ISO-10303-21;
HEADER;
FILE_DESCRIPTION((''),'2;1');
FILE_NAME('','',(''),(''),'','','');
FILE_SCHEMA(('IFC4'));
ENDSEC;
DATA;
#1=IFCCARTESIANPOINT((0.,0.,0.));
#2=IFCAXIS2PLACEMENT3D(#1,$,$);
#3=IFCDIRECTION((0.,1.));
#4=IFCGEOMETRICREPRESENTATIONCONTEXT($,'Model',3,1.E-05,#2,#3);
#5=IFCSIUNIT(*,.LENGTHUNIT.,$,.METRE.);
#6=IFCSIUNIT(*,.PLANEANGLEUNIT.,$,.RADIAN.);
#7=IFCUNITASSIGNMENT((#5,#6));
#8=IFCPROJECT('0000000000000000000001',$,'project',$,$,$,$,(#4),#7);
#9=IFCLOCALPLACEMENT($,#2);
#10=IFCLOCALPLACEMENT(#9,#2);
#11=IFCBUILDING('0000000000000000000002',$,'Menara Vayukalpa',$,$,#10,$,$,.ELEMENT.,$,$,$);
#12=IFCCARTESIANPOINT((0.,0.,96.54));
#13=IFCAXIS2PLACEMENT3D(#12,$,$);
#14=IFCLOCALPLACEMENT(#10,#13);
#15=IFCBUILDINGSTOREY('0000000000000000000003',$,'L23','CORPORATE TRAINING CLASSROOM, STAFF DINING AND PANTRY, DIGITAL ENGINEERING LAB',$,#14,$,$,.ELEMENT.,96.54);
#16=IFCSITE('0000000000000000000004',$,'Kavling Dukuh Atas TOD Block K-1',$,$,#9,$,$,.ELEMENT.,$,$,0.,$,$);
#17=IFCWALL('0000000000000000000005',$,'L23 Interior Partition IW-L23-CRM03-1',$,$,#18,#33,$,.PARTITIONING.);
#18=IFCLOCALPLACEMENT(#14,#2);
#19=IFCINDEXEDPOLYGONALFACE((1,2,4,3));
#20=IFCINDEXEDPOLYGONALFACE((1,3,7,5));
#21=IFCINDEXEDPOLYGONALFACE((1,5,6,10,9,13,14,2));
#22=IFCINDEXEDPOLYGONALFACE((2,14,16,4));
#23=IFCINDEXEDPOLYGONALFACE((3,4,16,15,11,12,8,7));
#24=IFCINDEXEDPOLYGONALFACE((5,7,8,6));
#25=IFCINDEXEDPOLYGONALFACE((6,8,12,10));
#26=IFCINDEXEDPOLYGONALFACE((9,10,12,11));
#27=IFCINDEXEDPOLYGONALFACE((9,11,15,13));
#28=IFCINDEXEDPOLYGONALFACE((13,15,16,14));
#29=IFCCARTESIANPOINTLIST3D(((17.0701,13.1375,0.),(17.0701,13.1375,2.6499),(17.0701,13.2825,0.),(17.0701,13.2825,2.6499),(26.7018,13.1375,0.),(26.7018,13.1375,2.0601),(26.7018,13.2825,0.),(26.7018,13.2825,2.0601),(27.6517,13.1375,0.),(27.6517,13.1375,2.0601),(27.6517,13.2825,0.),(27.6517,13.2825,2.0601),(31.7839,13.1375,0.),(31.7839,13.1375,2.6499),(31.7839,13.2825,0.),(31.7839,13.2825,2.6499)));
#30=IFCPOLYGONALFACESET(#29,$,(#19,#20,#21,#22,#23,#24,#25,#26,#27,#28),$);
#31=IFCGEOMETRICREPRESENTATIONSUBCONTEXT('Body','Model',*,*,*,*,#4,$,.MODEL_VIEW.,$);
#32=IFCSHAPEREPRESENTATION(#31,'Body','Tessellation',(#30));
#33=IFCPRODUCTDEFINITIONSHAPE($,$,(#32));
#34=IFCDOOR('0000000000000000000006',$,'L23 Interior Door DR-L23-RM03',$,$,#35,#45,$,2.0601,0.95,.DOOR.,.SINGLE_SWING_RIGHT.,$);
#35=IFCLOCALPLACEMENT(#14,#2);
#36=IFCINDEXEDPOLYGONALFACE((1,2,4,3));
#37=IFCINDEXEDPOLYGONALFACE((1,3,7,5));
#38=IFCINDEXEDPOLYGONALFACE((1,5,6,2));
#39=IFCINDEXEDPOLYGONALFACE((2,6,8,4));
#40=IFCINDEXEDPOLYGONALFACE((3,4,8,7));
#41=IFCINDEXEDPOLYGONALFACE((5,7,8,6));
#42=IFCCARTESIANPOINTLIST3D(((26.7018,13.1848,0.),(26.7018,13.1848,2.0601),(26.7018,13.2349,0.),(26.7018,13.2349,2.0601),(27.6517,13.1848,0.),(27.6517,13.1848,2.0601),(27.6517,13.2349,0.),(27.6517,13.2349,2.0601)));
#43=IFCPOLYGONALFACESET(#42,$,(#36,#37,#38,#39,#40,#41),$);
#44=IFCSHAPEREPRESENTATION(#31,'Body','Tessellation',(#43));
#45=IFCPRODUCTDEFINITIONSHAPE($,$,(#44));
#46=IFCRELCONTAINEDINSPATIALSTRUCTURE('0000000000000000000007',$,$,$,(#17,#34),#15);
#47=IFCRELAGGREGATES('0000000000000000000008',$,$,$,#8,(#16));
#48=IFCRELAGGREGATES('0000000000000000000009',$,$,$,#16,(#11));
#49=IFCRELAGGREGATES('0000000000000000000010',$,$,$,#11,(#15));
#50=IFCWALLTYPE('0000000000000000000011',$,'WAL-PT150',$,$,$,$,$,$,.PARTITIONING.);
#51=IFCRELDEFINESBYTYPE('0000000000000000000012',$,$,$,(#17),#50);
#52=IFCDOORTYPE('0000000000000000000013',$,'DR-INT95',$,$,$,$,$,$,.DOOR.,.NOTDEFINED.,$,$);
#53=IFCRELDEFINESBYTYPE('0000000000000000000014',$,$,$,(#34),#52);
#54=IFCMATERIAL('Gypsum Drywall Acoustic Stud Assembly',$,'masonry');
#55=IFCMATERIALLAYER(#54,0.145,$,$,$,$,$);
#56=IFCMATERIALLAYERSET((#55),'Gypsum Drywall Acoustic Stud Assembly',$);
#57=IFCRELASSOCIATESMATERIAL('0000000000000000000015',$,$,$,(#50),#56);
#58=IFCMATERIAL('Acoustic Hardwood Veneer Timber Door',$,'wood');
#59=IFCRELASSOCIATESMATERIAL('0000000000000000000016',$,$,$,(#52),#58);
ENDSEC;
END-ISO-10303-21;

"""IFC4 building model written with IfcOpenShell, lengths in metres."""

from ifc_helpers import new_model, si_unit, direction, frame, frame_2d, origin, place, context, subcontext, project, spatial, rectangle, extrude, material, layer, layer_set, type_object, element, fill, save


model = new_model("IFC4")

# Units and contexts
model_context = context("Model", 3, precision=1e-05, world=origin(), true_north=direction((0.0, 1.0)))
body_context = subcontext(model_context, "Body", "Model", "MODEL_VIEW")
ifc_project = project(units=[si_unit("LENGTHUNIT", "METRE"), si_unit("PLANEANGLEUNIT", "RADIAN")], contexts=[model_context])

# Site, building, storey
site_placement = place(None, origin())
site = spatial("IfcSite", under=ifc_project, at=site_placement, Name="Kavling Dukuh Atas TOD Block K-1", CompositionType="ELEMENT", RefElevation=0.0)
building_placement = place(site_placement, origin())
building = spatial("IfcBuilding", under=site, at=building_placement, Name="Menara Vayukalpa", CompositionType="ELEMENT")
storey_placement = place(building_placement, frame((0.0, 0.0, 96.54)))
storey = spatial("IfcBuildingStorey", under=building, at=storey_placement, Name="L23", Description="CORPORATE TRAINING CLASSROOM, STAFF DINING AND PANTRY, DIGITAL ENGINEERING LAB", CompositionType="ELEMENT", Elevation=96.54)

# Shared definitions
ifc_material_1 = material(Name="Gypsum Drywall Acoustic Stud Assembly", Category="masonry")
ifc_layer_1 = layer(ifc_material_1, 0.145)
ifc_layer_set_1 = layer_set([ifc_layer_1], Name="Gypsum Drywall Acoustic Stud Assembly")
wall_type_1 = type_object("IfcWallType", Name="WAL-PT150", PredefinedType="PARTITIONING", material=ifc_layer_set_1)
ifc_material_2 = material(Name="Acoustic Hardwood Veneer Timber Door", Category="wood")
door_type_1 = type_object("IfcDoorType", Name="DR-INT95", OperationType="NOTDEFINED", PredefinedType="DOOR", material=ifc_material_2)

# Wall, opening, door
wall_1_placement = place(storey_placement, frame((17.0701, 13.21, 0.0), z_axis=(0.0, 0.0, 1.0), x_axis=(1.0, 0.0, 0.0)))
wall_1 = element("IfcWall", 1, at=wall_1_placement, inside=storey, type_object=wall_type_1, Name="L23 Interior Partition IW-L23-CRM03-1", PredefinedType="PARTITIONING", context=body_context, shape_type="SweptSolid", body=[
    extrude(rectangle(XDim=14.7139, YDim=0.145, at=frame_2d((7.3569, 0.0))), origin(), (0.0, 0.0, 1.0), 2.6499),
])
opening_1_placement = place(wall_1_placement, frame((9.6316, 0.0, 0.0)))
opening_1 = element("IfcOpeningElement", 2, at=opening_1_placement, cuts=wall_1, PredefinedType="OPENING", context=body_context, shape_type="SweptSolid", body=[
    extrude(rectangle(XDim=0.95, YDim=2.0601, at=frame_2d((0.4751, 1.03))), frame((0.0, 0.0825, 0.0), z_axis=(0.0, -1.0, 0.0), x_axis=(1.0, 0.0, 0.0)), (0.0, 0.0, 1.0), 0.165),
])
door_1_placement = place(opening_1_placement, origin())
door_1 = element("IfcDoor", 3, at=door_1_placement, inside=storey, type_object=door_type_1, Name="L23 Interior Door DR-L23-RM03", OperationType="SINGLE_SWING_RIGHT", OverallHeight=2.0601, OverallWidth=0.95, PredefinedType="DOOR", context=body_context, shape_type="SweptSolid", body=[
    extrude(rectangle(XDim=0.95, YDim=2.0601, at=frame_2d((0.4751, 1.03))), frame((0.0, 0.0249, 0.0), z_axis=(0.0, -1.0, 0.0), x_axis=(1.0, 0.0, 0.0)), (0.0, 0.0, 1.0), 0.05),
])
fill(opening_1, door_1)

save(model, "model.ifc")
